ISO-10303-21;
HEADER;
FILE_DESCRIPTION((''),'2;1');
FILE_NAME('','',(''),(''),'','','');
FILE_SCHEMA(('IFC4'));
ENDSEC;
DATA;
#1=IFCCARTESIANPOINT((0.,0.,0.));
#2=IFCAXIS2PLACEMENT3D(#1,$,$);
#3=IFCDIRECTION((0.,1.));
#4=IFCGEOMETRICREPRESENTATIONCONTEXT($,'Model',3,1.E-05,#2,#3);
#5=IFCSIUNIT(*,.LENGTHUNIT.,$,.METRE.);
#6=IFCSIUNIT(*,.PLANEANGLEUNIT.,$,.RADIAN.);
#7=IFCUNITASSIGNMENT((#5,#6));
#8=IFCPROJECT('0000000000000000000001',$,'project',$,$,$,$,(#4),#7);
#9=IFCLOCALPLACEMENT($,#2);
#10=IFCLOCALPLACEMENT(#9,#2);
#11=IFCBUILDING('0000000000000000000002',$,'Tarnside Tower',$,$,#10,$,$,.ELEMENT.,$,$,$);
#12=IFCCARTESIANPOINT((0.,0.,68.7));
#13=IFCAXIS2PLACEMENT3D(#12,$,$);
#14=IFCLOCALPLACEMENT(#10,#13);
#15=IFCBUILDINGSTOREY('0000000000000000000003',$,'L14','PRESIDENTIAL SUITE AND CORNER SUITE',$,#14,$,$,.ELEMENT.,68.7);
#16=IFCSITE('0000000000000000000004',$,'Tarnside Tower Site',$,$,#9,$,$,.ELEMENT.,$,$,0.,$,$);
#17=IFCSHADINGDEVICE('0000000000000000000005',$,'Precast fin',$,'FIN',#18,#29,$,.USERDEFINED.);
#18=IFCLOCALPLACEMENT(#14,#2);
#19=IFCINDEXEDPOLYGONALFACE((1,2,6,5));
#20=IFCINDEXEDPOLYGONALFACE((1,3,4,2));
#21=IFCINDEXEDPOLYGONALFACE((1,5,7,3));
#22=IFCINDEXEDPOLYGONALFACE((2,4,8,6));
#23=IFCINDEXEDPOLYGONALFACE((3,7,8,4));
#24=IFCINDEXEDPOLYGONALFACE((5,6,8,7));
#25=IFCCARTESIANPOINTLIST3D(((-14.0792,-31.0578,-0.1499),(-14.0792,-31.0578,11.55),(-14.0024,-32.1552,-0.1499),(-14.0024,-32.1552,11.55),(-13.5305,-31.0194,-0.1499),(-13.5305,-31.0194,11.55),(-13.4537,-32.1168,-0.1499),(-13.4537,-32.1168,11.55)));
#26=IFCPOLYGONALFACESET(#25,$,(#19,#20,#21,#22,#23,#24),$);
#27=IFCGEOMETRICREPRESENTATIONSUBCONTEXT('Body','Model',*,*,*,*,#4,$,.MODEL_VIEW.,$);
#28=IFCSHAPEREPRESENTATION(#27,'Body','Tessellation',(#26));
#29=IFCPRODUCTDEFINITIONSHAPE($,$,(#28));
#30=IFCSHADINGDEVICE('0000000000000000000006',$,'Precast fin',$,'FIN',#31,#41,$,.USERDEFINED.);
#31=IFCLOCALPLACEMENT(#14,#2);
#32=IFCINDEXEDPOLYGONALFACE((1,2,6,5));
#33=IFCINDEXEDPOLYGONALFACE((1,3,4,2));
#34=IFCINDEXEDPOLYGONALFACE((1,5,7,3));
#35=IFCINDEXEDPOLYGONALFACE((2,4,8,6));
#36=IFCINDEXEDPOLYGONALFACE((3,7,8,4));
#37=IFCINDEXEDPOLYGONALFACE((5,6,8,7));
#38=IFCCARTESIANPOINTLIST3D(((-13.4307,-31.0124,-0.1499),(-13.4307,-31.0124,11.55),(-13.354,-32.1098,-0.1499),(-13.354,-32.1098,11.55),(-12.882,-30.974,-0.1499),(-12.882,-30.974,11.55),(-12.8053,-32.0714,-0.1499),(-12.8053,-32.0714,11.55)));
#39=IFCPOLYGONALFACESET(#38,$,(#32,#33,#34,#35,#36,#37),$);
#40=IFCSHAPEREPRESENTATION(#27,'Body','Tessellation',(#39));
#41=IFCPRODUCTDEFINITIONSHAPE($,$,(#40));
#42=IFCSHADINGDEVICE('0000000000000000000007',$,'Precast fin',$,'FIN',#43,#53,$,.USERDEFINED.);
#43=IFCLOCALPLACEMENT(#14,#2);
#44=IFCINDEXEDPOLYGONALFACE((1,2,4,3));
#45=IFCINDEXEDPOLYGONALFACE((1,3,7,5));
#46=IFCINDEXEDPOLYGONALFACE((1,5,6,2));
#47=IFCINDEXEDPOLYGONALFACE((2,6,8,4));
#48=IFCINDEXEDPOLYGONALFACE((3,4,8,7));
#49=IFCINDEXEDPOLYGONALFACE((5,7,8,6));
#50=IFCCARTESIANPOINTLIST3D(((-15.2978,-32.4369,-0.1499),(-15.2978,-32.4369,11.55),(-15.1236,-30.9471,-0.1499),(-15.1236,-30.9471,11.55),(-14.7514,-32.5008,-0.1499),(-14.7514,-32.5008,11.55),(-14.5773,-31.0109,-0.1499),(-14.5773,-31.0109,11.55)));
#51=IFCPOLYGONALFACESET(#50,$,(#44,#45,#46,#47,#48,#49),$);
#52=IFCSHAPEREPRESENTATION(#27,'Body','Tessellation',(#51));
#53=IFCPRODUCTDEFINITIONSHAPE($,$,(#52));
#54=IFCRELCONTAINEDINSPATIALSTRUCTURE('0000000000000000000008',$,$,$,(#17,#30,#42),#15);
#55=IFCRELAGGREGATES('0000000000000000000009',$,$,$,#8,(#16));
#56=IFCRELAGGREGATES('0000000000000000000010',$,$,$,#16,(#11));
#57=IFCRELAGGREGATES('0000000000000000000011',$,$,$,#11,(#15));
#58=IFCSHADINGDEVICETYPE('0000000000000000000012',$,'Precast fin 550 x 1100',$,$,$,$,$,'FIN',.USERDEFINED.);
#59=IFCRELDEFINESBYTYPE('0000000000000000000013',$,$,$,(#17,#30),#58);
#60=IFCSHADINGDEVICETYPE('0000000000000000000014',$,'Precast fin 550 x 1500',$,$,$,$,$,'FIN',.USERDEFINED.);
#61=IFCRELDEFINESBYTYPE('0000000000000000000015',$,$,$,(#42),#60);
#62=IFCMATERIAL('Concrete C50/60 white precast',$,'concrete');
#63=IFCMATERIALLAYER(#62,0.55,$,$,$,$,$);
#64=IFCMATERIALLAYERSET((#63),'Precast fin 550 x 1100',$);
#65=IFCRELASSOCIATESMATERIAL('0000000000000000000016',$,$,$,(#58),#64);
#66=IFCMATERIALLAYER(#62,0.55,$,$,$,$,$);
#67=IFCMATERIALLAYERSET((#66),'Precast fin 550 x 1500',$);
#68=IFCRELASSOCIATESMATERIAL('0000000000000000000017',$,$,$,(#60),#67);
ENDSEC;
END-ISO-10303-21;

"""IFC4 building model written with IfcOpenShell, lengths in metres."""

from ifc_helpers import new_model, si_unit, direction, frame, origin, place, context, subcontext, project, spatial, polyline, outline, extrude, material, layer, layer_set, type_object, element, save


model = new_model("IFC4")

# Units and contexts
model_context = context("Model", 3, precision=1e-05, world=origin(), true_north=direction((0.0, 1.0)))
body_context = subcontext(model_context, "Body", "Model", "MODEL_VIEW")
ifc_project = project(units=[si_unit("LENGTHUNIT", "METRE"), si_unit("PLANEANGLEUNIT", "RADIAN")], contexts=[model_context])

# Site, building, storey
site_placement = place(None, origin())
site = spatial("IfcSite", under=ifc_project, at=site_placement, Name="Tarnside Tower Site", CompositionType="ELEMENT", RefElevation=0.0)
building_placement = place(site_placement, origin())
building = spatial("IfcBuilding", under=site, at=building_placement, Name="Tarnside Tower", CompositionType="ELEMENT")
storey_placement = place(building_placement, frame((0.0, 0.0, 68.7)))
storey = spatial("IfcBuildingStorey", under=building, at=storey_placement, Name="L14", Description="PRESIDENTIAL SUITE AND CORNER SUITE", CompositionType="ELEMENT", Elevation=68.7)

# Shading devices
ifc_material_1 = material(Name="Concrete C50/60 white precast", Category="concrete")
ifc_layer_1 = layer(ifc_material_1, 0.55)
ifc_layer_set_1 = layer_set([ifc_layer_1], Name="Precast fin 550 x 1100")
shading_device_type_1 = type_object("IfcShadingDeviceType", Name="Precast fin 550 x 1100", ElementType="FIN", PredefinedType="USERDEFINED", material=ifc_layer_set_1)
for number, where, z_axis, x_axis, name in (
    (1, (-13.8047, -31.0386, -0.1499), (-0.997564, -0.069756, 0.0), (0.069756, -0.997564, 0.0), "Precast fin"),
    (2, (-13.1562, -30.9932, -0.1499), (-0.997564, -0.069756, 0.0), (0.069756, -0.997564, 0.0), "Precast fin"),
):
    element("IfcShadingDevice", number, at=place(storey_placement, frame(where, z_axis=z_axis, x_axis=x_axis)), inside=storey, type_object=shading_device_type_1, Name=name, ObjectType="FIN", PredefinedType="USERDEFINED", context=body_context, shape_type="SweptSolid", body=[
        extrude(outline(polyline([(0.0, 0.0), (1.1001, 0.0), (1.1001, 11.7), (0.0, 11.7), (0.0, 0.0)])), frame((0.0, 0.0, -0.2749)), (0.0, 0.0, 1.0), 0.55),
    ])
ifc_layer_2 = layer(ifc_material_1, 0.55)
ifc_layer_set_2 = layer_set([ifc_layer_2], Name="Precast fin 550 x 1500")
shading_device_type_2 = type_object("IfcShadingDeviceType", Name="Precast fin 550 x 1500", ElementType="FIN", PredefinedType="USERDEFINED", material=ifc_layer_set_2)
shading_device_placement = place(storey_placement, frame((-14.8503, -30.979, -0.1499), z_axis=(-0.993238, 0.116093, 0.0), x_axis=(-0.116093, -0.993238, 0.0)))
element("IfcShadingDevice", 3, at=shading_device_placement, inside=storey, type_object=shading_device_type_2, Name="Precast fin", ObjectType="FIN", PredefinedType="USERDEFINED", context=body_context, shape_type="SweptSolid", body=[
    extrude(outline(polyline([(0.0, 0.0), (1.5, 0.0), (1.5, 11.7), (0.0, 11.7), (0.0, 0.0)])), frame((0.0, 0.0, -0.2749)), (0.0, 0.0, 1.0), 0.55),
])

save(model, "model.ifc")
